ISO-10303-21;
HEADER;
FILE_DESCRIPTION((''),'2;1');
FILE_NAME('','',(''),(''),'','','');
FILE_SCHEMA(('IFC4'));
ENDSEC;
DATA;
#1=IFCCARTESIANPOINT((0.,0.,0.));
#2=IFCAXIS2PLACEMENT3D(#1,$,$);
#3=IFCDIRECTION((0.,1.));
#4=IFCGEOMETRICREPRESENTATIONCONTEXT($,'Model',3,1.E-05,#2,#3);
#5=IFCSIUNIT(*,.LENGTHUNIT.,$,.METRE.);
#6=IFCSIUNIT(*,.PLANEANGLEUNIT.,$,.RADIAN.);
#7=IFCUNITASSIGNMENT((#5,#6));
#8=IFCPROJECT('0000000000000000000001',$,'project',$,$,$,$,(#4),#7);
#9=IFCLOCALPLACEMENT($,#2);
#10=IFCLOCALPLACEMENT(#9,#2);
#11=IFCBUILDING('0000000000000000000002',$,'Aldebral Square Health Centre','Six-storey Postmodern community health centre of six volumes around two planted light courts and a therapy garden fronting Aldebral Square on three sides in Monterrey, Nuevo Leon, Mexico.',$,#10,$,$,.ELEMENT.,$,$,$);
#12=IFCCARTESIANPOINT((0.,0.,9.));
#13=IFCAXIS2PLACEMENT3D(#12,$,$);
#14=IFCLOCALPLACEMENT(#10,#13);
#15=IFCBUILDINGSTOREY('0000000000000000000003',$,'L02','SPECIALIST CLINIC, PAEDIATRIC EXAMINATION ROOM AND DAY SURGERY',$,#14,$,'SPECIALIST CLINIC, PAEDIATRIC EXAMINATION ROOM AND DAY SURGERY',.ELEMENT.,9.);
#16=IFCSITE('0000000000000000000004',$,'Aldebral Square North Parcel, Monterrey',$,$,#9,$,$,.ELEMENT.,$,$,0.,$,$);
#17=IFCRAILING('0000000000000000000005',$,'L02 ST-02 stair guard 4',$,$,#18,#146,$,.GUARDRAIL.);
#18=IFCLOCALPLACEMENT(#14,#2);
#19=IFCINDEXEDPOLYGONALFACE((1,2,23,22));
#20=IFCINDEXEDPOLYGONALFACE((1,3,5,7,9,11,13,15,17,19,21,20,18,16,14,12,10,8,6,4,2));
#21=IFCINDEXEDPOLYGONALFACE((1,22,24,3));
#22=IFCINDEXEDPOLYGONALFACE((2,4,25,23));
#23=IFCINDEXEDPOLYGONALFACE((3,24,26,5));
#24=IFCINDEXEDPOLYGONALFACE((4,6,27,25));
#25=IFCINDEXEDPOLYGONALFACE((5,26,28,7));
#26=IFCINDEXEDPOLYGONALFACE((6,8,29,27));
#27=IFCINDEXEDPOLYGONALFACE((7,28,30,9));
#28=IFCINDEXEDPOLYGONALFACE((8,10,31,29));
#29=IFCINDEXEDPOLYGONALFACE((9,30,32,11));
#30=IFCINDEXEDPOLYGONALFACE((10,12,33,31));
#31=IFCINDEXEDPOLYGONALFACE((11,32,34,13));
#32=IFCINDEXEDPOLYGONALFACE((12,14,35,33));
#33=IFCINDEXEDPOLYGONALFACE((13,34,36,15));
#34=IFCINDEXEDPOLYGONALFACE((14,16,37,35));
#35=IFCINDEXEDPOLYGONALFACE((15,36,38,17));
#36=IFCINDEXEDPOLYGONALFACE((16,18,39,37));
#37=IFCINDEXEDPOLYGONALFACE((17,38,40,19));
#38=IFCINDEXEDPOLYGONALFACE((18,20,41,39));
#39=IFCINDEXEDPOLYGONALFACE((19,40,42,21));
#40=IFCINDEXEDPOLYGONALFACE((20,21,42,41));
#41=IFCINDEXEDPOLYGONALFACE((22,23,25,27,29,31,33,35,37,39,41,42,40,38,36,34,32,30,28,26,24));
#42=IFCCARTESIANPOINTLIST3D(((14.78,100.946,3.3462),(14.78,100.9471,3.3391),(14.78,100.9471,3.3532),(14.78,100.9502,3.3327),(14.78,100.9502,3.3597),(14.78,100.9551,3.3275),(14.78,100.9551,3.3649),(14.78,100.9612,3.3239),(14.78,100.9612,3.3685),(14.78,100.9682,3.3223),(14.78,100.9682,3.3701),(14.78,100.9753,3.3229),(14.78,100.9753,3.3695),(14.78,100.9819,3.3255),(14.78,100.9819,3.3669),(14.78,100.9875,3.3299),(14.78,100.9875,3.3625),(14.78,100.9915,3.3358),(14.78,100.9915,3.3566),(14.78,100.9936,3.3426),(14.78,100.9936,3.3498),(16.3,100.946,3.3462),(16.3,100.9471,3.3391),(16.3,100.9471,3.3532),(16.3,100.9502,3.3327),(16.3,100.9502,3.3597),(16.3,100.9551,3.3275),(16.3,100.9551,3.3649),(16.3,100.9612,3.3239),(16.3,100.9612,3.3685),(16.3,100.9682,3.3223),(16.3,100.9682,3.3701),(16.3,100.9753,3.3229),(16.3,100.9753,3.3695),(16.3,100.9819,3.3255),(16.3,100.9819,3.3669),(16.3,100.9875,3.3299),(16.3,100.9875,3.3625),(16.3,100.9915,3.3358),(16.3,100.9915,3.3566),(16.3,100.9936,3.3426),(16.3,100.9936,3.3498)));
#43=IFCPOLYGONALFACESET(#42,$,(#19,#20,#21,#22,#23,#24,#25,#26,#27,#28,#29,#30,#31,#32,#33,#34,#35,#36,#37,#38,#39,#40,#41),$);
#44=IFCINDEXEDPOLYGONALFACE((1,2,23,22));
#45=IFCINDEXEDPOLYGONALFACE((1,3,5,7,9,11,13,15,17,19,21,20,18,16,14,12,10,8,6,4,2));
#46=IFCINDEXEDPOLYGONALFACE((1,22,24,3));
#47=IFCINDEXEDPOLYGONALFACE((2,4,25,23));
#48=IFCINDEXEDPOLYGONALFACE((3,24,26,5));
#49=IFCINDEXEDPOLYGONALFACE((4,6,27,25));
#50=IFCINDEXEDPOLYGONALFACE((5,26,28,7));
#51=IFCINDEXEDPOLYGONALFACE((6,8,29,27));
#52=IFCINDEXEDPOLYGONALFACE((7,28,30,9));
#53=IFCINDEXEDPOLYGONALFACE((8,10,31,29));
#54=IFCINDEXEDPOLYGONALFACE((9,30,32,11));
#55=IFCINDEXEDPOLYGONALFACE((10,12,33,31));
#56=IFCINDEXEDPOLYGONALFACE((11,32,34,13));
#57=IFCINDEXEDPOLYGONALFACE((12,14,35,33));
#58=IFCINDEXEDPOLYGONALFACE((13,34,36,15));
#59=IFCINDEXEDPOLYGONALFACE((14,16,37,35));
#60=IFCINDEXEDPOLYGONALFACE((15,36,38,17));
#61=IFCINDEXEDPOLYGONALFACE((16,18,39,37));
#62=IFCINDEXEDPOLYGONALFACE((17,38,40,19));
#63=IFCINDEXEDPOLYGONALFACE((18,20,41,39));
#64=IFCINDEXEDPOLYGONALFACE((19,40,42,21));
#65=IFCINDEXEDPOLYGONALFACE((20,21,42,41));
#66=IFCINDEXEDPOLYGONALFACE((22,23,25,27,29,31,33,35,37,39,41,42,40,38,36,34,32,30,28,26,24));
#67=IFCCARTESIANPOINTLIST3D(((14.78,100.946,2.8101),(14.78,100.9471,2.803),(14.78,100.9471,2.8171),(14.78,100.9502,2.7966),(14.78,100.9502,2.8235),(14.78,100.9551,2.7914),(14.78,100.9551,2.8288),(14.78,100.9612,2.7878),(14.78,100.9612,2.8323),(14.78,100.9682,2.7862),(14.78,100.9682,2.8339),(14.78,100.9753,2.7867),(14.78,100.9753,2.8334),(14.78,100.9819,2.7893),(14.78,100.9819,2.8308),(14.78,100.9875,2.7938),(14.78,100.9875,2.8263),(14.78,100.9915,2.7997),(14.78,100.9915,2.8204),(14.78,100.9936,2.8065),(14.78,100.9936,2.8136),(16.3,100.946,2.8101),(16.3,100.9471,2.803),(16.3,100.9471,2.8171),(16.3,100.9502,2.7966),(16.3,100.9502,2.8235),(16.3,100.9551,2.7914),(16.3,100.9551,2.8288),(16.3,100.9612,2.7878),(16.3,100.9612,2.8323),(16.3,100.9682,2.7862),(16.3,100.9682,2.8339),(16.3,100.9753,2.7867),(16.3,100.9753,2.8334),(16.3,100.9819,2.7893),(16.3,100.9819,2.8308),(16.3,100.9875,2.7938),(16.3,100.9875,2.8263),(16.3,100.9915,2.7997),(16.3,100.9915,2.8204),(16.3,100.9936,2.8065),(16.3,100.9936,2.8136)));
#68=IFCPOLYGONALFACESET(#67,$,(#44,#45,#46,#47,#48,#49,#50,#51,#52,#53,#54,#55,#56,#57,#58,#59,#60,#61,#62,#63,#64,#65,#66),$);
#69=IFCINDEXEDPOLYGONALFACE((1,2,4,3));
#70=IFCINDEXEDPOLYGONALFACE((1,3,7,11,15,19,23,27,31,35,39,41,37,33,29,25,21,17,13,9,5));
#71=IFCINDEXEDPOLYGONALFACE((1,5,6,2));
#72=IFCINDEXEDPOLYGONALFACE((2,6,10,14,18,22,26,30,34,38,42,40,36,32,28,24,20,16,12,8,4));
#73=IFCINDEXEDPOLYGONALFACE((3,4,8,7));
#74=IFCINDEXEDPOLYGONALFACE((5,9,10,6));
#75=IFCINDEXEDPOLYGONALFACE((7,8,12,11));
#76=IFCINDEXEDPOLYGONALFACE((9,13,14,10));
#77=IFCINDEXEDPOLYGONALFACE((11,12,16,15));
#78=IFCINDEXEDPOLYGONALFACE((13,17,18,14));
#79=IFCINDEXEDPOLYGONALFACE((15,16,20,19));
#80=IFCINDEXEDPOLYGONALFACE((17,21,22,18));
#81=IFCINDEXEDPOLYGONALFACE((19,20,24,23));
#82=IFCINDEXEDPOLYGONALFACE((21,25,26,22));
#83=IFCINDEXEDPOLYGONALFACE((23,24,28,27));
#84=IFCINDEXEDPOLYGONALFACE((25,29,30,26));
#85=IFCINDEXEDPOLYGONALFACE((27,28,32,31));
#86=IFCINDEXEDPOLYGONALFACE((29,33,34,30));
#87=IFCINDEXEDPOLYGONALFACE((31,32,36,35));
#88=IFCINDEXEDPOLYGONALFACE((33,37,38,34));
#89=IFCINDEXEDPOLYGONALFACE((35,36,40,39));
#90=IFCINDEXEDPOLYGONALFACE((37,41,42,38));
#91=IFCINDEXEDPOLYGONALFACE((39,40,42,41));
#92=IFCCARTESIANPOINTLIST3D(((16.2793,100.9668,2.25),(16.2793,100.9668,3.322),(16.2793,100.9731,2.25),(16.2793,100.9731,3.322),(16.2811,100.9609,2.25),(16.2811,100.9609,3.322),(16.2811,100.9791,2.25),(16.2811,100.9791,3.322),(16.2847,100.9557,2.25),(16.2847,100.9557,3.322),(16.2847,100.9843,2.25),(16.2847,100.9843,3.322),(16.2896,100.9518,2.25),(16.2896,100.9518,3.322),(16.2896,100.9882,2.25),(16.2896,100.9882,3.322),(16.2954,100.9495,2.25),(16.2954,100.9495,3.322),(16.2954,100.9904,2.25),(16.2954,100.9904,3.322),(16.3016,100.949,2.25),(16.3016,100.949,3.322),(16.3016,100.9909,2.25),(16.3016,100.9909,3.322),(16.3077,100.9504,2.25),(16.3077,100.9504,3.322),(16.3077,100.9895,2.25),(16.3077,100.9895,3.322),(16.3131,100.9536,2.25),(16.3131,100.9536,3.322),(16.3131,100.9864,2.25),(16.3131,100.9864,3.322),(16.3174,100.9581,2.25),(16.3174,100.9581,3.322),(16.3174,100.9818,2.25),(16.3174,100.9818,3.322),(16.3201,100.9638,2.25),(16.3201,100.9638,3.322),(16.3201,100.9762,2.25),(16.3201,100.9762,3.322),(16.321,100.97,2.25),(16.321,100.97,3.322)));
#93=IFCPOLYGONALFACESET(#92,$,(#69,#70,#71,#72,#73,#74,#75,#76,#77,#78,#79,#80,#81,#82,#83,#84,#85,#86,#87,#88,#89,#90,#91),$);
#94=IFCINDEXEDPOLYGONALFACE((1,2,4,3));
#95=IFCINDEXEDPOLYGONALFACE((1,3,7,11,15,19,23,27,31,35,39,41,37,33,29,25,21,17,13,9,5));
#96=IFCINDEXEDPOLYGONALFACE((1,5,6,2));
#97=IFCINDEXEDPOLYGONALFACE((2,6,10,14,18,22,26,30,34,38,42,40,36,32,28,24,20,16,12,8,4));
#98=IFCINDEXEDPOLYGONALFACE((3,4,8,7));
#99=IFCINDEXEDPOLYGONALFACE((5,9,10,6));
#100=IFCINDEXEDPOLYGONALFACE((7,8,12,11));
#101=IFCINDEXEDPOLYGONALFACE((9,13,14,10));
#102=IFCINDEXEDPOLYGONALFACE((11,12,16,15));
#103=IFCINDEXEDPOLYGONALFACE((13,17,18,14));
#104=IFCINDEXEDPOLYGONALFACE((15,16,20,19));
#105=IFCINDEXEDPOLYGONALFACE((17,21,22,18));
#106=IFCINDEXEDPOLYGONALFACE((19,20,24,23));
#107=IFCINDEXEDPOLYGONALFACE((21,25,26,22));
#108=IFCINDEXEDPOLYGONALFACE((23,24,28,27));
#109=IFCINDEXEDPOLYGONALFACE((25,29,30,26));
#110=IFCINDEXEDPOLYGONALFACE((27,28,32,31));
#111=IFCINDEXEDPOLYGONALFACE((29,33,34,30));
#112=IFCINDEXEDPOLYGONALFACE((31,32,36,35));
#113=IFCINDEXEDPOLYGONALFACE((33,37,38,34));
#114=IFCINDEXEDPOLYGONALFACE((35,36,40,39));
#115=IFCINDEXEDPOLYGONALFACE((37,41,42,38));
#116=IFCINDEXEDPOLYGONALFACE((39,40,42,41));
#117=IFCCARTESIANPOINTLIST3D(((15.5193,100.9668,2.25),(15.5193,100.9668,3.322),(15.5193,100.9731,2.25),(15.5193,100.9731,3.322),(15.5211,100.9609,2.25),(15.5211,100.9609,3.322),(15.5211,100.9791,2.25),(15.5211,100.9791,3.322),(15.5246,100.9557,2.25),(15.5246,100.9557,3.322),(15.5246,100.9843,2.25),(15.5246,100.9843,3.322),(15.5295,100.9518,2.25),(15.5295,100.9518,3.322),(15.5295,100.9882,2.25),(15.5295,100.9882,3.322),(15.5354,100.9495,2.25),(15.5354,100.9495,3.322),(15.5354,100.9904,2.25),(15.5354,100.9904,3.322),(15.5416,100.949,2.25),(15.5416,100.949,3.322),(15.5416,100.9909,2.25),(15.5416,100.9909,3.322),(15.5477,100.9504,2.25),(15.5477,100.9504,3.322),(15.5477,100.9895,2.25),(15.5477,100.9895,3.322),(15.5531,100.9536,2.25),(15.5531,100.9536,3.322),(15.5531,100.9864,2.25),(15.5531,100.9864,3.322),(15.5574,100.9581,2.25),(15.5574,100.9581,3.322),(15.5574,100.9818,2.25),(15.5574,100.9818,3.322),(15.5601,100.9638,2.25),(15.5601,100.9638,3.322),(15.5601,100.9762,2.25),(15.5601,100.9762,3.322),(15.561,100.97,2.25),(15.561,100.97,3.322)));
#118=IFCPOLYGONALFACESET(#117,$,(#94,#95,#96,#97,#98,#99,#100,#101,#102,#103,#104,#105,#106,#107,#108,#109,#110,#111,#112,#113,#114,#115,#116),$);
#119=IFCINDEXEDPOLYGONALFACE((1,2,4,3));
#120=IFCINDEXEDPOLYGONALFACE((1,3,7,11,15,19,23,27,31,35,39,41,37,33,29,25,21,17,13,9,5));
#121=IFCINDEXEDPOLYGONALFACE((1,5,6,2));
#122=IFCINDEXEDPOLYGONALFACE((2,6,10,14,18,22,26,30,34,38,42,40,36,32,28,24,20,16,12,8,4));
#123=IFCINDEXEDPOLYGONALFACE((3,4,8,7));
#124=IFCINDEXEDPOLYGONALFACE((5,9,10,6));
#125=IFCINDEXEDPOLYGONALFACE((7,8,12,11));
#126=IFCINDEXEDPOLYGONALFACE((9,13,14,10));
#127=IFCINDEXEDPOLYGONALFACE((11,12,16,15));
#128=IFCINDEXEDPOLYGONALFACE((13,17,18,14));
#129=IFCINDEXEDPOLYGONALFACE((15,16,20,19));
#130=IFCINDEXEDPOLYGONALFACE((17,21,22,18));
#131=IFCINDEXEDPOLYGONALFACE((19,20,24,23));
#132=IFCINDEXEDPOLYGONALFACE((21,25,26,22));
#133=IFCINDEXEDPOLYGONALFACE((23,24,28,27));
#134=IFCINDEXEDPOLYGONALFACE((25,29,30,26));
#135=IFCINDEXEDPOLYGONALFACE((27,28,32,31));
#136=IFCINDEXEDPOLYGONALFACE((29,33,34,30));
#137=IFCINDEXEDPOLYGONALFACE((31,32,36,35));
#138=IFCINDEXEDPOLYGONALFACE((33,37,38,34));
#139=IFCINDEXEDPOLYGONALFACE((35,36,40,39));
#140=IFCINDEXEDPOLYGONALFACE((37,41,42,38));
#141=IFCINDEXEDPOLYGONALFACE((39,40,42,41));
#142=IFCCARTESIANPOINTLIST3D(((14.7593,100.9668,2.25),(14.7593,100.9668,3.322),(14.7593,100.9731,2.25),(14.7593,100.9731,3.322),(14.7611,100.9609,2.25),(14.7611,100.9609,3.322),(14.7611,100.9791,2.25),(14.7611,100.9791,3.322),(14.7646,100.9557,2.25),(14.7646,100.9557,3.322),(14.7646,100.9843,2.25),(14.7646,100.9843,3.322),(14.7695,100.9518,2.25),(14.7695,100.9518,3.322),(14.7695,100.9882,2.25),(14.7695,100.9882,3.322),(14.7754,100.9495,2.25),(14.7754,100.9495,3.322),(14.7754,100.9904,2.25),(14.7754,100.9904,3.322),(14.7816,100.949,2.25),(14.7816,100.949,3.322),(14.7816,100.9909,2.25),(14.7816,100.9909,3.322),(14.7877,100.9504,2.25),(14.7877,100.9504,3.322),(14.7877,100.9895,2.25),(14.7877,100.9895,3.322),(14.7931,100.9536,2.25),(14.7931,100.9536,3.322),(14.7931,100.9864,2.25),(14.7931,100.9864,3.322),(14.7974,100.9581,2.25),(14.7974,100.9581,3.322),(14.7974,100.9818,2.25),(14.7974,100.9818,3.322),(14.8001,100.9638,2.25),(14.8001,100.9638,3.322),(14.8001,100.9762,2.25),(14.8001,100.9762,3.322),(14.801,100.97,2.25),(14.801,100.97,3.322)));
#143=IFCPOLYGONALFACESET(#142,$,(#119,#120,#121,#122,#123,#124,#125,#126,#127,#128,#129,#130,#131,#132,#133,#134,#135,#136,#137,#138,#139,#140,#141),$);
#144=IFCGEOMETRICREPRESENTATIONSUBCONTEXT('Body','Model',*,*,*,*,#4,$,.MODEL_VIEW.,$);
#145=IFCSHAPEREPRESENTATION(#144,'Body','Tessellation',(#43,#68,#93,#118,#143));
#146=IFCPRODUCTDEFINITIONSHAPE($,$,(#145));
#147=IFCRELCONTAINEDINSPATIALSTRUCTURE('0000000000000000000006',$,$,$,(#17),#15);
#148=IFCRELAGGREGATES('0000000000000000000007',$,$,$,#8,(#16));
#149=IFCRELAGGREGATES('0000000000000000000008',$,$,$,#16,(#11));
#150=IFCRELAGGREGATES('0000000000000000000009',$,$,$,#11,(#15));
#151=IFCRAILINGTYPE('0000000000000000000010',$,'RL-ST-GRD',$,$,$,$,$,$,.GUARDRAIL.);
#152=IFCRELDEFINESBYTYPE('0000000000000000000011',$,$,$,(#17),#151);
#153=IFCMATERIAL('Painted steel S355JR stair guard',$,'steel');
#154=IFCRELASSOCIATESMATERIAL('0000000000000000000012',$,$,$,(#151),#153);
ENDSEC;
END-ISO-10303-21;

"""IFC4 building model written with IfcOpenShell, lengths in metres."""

from ifc_helpers import new_model, si_unit, direction, frame, origin, origin_2d, place, context, subcontext, project, spatial, circle, extrude, material, type_object, element, save


model = new_model("IFC4")

# Units and contexts
model_context = context("Model", 3, precision=1e-05, world=origin(), true_north=direction((0.0, 1.0)))
body_context = subcontext(model_context, "Body", "Model", "MODEL_VIEW")
ifc_project = project(units=[si_unit("LENGTHUNIT", "METRE"), si_unit("PLANEANGLEUNIT", "RADIAN")], contexts=[model_context])

# Site, building, storey
site_placement = place(None, origin())
site = spatial("IfcSite", under=ifc_project, at=site_placement, Name="Aldebral Square North Parcel, Monterrey", CompositionType="ELEMENT", RefElevation=0.0)
building_placement = place(site_placement, origin())
building = spatial("IfcBuilding", under=site, at=building_placement, Name="Aldebral Square Health Centre", Description="Six-storey Postmodern community health centre of six volumes around two planted light courts and a therapy garden fronting Aldebral Square on three sides in Monterrey, Nuevo Leon, Mexico.", CompositionType="ELEMENT")
storey_placement = place(building_placement, frame((0.0, 0.0, 9.0)))
storey = spatial("IfcBuildingStorey", under=building, at=storey_placement, Name="L02", Description="SPECIALIST CLINIC, PAEDIATRIC EXAMINATION ROOM AND DAY SURGERY", LongName="SPECIALIST CLINIC, PAEDIATRIC EXAMINATION ROOM AND DAY SURGERY", CompositionType="ELEMENT", Elevation=9.0)

# Railing
ifc_material_1 = material(Name="Painted steel S355JR stair guard", Category="steel")
railing_type_1 = type_object("IfcRailingType", Name="RL-ST-GRD", PredefinedType="GUARDRAIL", material=ifc_material_1)
railing_1_placement = place(storey_placement, frame((16.3, 100.97, 2.25)))
element("IfcRailing", 1, at=railing_1_placement, inside=storey, type_object=railing_type_1, Name="L02 ST-02 stair guard 4", PredefinedType="GUARDRAIL", context=body_context, shape_type="SweptSolid", body=[
    extrude(circle(Radius=0.0239, at=origin_2d()), frame((0.0, 0.0, 1.0962), z_axis=(-1.0, 0.0, 0.0), x_axis=(0.0, -1.0, 0.0)), (0.0, 0.0, 1.0), 1.52),
    extrude(circle(Radius=0.0239, at=origin_2d()), frame((0.0, 0.0, 0.5601), z_axis=(-1.0, 0.0, 0.0), x_axis=(0.0, -1.0, 0.0)), (0.0, 0.0, 1.0), 1.52),
    extrude(circle(Radius=0.021, at=origin_2d()), origin(), (0.0, 0.0, 1.0), 1.072),
    extrude(circle(Radius=0.021, at=origin_2d()), frame((-0.76, 0.0, 0.0)), (0.0, 0.0, 1.0), 1.072),
    extrude(circle(Radius=0.021, at=origin_2d()), frame((-1.52, 0.0, 0.0)), (0.0, 0.0, 1.0), 1.072),
])

save(model, "model.ifc")
